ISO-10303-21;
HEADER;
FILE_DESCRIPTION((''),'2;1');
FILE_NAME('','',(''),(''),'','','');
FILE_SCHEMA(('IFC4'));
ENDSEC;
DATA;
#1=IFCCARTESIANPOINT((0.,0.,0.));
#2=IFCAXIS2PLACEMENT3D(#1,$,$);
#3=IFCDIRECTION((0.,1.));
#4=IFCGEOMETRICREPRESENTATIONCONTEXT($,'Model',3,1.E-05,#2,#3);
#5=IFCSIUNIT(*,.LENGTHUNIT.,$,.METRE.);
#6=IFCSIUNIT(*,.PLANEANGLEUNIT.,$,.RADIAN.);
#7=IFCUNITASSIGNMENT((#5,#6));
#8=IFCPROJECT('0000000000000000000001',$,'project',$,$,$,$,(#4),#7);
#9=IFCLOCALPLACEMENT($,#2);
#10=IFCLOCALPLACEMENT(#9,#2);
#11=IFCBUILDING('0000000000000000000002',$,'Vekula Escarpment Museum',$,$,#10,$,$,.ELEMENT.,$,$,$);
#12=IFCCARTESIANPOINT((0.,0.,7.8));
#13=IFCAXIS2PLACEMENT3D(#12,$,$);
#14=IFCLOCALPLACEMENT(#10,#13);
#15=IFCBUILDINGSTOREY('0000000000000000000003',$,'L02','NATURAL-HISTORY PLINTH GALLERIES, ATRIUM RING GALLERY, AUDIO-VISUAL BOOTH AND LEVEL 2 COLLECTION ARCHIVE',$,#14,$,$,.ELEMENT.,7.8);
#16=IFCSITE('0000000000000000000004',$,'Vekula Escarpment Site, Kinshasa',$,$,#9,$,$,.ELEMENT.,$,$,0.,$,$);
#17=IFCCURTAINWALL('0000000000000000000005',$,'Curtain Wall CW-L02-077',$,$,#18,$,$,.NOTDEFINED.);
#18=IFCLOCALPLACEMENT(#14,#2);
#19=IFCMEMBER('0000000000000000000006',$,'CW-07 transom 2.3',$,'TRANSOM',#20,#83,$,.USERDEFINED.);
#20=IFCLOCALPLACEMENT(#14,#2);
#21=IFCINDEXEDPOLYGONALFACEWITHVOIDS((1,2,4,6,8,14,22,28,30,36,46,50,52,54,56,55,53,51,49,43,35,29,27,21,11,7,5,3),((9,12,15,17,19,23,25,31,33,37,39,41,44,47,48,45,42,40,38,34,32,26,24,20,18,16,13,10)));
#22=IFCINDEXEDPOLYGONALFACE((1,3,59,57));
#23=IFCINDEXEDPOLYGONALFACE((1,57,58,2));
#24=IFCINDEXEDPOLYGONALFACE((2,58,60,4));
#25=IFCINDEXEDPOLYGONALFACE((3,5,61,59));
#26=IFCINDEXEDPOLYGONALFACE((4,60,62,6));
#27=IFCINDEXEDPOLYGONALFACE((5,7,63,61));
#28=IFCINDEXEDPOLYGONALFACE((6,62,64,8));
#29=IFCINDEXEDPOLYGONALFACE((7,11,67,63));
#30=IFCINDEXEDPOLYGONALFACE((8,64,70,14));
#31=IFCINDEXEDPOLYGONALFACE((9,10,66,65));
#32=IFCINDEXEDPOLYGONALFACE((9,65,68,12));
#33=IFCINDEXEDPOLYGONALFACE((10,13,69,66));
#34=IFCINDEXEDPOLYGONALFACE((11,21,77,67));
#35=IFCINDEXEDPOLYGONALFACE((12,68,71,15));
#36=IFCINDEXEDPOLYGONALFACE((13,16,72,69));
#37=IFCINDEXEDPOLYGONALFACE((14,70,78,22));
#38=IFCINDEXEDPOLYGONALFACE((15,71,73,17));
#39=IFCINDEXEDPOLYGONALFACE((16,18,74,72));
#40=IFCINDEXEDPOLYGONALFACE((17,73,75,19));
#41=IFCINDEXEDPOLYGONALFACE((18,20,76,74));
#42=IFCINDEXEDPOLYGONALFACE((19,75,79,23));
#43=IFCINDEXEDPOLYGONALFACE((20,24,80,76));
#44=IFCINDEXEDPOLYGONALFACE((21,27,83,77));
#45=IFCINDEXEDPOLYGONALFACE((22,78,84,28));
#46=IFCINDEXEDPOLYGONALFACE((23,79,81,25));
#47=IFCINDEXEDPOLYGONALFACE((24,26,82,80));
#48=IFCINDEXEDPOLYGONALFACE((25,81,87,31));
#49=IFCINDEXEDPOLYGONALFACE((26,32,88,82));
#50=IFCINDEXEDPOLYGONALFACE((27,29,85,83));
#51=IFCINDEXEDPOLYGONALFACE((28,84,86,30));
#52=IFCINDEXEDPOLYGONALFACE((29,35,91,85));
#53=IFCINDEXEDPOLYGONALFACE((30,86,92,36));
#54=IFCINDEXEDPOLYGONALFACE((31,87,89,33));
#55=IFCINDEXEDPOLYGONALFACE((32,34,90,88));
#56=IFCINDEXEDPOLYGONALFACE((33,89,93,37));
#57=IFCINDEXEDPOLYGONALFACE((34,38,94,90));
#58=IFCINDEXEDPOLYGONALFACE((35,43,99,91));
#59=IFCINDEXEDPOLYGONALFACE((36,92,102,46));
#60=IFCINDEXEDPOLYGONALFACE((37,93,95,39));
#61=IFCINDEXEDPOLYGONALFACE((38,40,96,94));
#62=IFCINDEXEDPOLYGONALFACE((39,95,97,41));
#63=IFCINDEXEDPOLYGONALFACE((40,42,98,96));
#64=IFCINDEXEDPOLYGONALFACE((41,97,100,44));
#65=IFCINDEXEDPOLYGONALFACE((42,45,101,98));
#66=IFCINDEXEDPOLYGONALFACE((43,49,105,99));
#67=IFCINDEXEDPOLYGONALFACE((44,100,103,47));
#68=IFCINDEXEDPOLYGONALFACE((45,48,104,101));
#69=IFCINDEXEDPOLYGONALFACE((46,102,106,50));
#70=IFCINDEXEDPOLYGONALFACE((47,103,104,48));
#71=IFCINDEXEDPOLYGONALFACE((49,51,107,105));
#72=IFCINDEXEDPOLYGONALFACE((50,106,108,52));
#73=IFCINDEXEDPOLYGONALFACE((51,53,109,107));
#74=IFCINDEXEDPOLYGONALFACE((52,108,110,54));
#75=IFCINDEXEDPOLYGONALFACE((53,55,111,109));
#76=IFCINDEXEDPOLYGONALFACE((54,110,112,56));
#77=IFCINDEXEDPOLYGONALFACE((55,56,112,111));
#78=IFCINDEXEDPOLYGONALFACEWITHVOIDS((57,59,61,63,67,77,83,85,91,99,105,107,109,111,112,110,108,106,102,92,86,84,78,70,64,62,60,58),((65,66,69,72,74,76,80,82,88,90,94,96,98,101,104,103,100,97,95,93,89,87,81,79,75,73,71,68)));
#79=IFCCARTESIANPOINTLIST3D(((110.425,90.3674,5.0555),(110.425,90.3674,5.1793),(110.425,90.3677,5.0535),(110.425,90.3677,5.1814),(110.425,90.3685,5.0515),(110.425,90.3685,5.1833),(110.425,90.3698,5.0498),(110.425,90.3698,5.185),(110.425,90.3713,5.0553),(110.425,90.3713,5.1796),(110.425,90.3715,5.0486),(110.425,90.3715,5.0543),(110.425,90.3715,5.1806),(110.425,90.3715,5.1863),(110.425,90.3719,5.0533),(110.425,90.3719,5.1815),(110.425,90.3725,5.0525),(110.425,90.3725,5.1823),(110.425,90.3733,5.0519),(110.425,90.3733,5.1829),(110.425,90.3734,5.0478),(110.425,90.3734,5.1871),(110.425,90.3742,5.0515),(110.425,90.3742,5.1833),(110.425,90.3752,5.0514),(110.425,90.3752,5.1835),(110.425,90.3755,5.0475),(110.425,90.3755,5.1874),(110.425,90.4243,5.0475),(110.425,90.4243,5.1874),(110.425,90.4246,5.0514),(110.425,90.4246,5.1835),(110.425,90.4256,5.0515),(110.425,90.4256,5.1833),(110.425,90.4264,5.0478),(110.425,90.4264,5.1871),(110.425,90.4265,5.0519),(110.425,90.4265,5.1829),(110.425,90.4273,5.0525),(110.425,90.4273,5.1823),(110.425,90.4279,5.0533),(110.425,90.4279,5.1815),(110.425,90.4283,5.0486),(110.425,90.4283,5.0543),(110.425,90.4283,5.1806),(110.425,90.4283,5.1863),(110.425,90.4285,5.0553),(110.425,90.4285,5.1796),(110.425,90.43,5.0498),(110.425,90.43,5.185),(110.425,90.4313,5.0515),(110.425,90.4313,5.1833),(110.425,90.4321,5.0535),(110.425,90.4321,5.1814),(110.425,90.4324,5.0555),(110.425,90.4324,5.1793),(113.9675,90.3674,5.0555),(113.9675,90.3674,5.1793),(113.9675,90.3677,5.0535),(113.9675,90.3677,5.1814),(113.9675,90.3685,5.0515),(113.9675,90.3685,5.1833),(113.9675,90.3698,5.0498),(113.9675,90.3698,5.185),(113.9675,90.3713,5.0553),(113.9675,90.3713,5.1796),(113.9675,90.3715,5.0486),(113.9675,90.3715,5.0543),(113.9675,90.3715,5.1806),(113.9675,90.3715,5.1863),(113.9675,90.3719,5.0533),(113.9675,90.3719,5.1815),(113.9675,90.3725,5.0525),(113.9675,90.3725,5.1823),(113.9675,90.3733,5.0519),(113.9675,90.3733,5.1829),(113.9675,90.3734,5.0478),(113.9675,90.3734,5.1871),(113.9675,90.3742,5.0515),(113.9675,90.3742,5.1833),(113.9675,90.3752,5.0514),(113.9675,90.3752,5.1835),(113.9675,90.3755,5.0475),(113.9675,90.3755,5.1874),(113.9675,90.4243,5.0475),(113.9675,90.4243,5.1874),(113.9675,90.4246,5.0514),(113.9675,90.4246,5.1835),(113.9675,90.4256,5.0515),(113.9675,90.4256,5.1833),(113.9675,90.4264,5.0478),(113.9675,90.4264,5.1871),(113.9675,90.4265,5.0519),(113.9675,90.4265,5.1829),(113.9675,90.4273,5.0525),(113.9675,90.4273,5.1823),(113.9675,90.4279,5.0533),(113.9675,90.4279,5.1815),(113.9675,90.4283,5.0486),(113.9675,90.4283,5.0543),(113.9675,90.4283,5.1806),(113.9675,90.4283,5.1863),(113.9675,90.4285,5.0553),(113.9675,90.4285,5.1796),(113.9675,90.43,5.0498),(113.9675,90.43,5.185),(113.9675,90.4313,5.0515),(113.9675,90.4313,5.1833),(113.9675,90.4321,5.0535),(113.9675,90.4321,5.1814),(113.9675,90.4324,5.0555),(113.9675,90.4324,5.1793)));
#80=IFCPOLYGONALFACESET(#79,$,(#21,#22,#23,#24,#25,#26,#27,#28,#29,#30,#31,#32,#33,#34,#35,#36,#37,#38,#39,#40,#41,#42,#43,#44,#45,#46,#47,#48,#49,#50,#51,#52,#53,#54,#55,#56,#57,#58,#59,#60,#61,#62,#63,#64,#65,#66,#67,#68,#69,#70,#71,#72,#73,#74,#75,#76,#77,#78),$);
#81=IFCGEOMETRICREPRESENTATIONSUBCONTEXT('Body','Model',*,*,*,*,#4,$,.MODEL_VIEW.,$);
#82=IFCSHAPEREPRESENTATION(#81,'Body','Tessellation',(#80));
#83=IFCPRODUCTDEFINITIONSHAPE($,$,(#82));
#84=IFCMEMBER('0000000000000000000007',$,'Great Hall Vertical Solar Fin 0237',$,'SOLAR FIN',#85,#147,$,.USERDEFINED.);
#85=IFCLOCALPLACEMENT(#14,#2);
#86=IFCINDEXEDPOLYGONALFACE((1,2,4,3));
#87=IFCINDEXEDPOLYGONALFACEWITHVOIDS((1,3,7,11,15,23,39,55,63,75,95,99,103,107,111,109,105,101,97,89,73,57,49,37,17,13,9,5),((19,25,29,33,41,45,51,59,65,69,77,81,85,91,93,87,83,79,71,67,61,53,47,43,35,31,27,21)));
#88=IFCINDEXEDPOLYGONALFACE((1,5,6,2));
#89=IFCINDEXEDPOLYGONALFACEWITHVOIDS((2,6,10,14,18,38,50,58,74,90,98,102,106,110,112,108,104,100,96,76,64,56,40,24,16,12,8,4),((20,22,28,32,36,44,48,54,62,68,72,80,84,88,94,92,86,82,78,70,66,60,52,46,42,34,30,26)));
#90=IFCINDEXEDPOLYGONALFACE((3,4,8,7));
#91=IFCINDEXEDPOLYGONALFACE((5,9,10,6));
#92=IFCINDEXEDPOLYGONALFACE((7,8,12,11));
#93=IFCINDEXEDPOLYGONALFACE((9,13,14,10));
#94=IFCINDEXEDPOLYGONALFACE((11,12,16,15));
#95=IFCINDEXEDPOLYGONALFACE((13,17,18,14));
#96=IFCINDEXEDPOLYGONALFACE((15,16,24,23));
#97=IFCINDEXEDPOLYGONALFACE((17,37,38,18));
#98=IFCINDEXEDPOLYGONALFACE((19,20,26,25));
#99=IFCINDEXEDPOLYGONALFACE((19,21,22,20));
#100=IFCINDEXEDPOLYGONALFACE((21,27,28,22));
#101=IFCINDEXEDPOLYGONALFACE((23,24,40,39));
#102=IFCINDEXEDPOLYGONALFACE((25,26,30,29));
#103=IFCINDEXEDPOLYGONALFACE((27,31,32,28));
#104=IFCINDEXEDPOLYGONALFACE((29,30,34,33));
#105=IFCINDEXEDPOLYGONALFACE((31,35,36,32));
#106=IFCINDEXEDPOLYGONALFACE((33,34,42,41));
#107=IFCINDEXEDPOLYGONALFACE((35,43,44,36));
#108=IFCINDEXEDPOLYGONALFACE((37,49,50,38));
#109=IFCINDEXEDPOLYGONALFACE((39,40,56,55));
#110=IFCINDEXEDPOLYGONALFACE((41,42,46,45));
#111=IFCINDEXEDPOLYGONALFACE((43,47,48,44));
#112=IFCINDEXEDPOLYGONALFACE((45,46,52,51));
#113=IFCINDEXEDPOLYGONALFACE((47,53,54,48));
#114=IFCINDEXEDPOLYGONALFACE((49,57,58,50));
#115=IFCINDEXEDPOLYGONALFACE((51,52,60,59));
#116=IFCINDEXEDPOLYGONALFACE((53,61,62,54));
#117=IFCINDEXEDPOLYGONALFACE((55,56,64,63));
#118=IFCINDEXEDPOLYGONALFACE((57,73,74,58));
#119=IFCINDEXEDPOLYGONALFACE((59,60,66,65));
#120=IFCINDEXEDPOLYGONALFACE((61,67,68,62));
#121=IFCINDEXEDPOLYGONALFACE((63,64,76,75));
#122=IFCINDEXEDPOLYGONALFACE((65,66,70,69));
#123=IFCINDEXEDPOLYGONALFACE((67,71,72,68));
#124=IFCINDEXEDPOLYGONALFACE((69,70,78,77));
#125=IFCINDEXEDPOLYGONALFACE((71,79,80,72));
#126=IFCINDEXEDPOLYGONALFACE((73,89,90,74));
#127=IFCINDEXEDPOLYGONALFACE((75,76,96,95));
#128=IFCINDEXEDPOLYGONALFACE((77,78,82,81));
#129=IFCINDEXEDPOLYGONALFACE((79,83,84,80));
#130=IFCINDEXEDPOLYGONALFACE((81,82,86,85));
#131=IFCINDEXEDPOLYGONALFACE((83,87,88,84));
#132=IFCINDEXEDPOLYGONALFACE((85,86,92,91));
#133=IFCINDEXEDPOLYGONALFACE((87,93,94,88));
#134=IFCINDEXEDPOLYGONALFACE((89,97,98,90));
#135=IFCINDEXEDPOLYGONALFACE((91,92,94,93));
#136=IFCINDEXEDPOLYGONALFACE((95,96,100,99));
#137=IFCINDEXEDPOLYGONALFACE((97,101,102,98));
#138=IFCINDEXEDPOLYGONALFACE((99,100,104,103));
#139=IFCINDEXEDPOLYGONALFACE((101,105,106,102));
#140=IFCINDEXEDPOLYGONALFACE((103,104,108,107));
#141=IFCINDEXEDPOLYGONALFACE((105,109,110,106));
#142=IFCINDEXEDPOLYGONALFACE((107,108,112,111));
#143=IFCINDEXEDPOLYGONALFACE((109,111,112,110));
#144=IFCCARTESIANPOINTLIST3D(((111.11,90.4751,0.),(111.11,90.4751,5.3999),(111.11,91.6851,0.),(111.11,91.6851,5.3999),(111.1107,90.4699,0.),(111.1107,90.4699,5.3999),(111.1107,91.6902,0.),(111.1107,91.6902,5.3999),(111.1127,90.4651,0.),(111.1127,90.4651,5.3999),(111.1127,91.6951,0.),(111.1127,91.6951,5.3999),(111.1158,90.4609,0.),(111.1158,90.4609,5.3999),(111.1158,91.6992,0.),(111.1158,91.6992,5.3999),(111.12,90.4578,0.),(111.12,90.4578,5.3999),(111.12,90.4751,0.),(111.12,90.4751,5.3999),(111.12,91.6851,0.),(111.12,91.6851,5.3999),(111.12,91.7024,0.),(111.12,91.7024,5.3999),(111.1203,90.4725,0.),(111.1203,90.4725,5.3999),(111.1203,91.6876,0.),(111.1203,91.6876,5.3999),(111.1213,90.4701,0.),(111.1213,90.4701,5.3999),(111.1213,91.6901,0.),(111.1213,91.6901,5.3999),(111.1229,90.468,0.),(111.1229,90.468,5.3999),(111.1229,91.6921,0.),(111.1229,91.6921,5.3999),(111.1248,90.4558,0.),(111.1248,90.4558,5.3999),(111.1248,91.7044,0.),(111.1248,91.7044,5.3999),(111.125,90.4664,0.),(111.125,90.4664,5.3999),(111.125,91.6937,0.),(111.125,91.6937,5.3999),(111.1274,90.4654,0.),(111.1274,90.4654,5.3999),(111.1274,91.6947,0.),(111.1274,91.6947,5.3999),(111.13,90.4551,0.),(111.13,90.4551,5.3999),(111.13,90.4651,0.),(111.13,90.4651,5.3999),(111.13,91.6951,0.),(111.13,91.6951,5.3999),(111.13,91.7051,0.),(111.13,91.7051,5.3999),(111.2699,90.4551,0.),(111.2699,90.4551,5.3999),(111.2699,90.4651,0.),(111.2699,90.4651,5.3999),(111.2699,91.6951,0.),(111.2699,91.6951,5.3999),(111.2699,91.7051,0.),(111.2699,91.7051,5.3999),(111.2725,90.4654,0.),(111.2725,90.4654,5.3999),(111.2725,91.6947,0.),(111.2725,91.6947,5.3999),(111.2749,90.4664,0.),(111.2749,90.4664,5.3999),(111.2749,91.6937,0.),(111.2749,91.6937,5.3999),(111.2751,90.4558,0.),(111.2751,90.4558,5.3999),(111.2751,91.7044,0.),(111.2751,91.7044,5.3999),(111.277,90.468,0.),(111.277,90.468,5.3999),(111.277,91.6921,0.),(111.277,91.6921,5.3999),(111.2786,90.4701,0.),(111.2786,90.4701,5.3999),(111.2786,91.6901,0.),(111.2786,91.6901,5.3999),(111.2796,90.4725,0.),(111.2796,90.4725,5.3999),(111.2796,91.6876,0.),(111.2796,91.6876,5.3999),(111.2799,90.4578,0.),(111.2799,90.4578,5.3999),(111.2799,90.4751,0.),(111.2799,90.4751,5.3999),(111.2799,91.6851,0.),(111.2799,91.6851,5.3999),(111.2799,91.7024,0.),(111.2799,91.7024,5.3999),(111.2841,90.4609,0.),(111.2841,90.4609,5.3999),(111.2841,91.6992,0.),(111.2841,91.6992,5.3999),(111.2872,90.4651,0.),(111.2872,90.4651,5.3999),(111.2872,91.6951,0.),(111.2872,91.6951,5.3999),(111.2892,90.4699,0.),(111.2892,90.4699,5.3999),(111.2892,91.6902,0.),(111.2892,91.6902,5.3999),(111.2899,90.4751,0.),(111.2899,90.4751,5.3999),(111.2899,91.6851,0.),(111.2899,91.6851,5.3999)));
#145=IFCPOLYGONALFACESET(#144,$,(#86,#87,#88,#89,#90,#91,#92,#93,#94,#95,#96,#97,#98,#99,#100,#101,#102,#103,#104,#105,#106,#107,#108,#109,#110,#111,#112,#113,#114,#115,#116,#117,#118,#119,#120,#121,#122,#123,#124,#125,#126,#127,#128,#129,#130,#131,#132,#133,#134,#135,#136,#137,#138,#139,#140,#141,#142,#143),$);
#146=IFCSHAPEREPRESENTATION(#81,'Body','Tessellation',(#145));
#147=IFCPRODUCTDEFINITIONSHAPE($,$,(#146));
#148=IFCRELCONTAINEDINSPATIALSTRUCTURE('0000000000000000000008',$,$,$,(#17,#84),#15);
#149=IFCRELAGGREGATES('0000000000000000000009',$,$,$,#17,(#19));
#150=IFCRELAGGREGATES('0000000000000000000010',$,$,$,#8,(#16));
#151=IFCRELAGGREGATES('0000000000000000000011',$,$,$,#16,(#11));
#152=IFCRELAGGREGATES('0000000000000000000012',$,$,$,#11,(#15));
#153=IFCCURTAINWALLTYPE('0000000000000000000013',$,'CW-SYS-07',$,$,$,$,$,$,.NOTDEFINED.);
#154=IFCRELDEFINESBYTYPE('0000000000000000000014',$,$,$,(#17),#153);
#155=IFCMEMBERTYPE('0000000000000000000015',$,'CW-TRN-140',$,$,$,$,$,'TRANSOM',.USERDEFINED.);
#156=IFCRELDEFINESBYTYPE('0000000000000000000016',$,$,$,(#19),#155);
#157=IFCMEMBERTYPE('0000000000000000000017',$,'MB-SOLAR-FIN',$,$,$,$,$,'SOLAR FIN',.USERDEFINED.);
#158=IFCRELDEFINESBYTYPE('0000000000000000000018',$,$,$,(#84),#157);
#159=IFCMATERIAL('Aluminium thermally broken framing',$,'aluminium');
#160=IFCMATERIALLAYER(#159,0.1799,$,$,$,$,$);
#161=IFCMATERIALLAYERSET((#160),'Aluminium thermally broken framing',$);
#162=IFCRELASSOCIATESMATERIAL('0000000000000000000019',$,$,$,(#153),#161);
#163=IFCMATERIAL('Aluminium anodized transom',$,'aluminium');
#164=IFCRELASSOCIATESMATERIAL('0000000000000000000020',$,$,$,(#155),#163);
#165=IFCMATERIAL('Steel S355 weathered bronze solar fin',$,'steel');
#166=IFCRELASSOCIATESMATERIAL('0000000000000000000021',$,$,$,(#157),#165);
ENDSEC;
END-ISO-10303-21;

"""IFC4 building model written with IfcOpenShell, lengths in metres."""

from ifc_helpers import new_model, si_unit, direction, frame, origin, origin_2d, place, context, subcontext, project, spatial, hollow_rectangle, extrude, material, layer, layer_set, material_profile, profile_set, type_object, element, aggregate, save


model = new_model("IFC4")

# Units and contexts
model_context = context("Model", 3, precision=1e-05, world=origin(), true_north=direction((0.0, 1.0)))
body_context = subcontext(model_context, "Body", "Model", "MODEL_VIEW")
ifc_project = project(units=[si_unit("LENGTHUNIT", "METRE"), si_unit("PLANEANGLEUNIT", "RADIAN")], contexts=[model_context])

# Site, building, storey
site_placement = place(None, origin())
site = spatial("IfcSite", under=ifc_project, at=site_placement, Name="Vekula Escarpment Site, Kinshasa", CompositionType="ELEMENT", RefElevation=0.0)
building_placement = place(site_placement, origin())
building = spatial("IfcBuilding", under=site, at=building_placement, Name="Vekula Escarpment Museum", CompositionType="ELEMENT")
storey_placement = place(building_placement, frame((0.0, 0.0, 7.8)))
storey = spatial("IfcBuildingStorey", under=building, at=storey_placement, Name="L02", Description="NATURAL-HISTORY PLINTH GALLERIES, ATRIUM RING GALLERY, AUDIO-VISUAL BOOTH AND LEVEL 2 COLLECTION ARCHIVE", CompositionType="ELEMENT", Elevation=7.8)

# Curtain wall, member
ifc_material_1 = material(Name="Aluminium thermally broken framing", Category="aluminium")
ifc_layer_1 = layer(ifc_material_1, 0.1799)
ifc_layer_set_1 = layer_set([ifc_layer_1], Name="Aluminium thermally broken framing")
curtain_wall_type = type_object("IfcCurtainWallType", Name="CW-SYS-07", PredefinedType="NOTDEFINED", material=ifc_layer_set_1)
curtain_wall_placement = place(storey_placement, origin())
curtain_wall = element("IfcCurtainWall", 1, at=curtain_wall_placement, inside=storey, type_object=curtain_wall_type, Name="Curtain Wall CW-L02-077", PredefinedType="NOTDEFINED")
ifc_material_2 = material(Name="Aluminium anodized transom", Category="aluminium")
ifc_material_profile_1 = material_profile(ifc_material_2, hollow_rectangle(XDim=0.0649, YDim=0.1399, WallThickness=0.0039, InnerFilletRadius=0.0039, OuterFilletRadius=0.0081, at=origin_2d()), Name="ALU 140x65x4")
ifc_profile_set_1 = profile_set([ifc_material_profile_1], Name="Aluminium anodized transom")
member_type_1 = type_object("IfcMemberType", Name="CW-TRN-140", ElementType="TRANSOM", PredefinedType="USERDEFINED", material=ifc_profile_set_1)
member_1_placement = place(storey_placement, frame((113.9675, 90.3999, 5.1174), z_axis=(-1.0, 0.0, 0.0), x_axis=(0.0, -1.0, 0.0)))
member_1 = element("IfcMember", 2, at=member_1_placement, type_object=member_type_1, Name="CW-07 transom 2.3", ObjectType="TRANSOM", PredefinedType="USERDEFINED", context=body_context, shape_type="SweptSolid", body=[
    extrude(hollow_rectangle(XDim=0.0649, YDim=0.1399, WallThickness=0.0039, InnerFilletRadius=0.0039, OuterFilletRadius=0.0081, at=origin_2d()), origin(), (0.0, 0.0, 1.0), 3.5425),
])

# Member
ifc_material_3 = material(Name="Steel S355 weathered bronze solar fin", Category="steel")
ifc_material_profile_2 = material_profile(ifc_material_3, hollow_rectangle(XDim=0.1799, YDim=1.25, WallThickness=0.01, InnerFilletRadius=0.01, OuterFilletRadius=0.02, at=origin_2d()), Name="RHS 1250x180x10")
ifc_profile_set_2 = profile_set([ifc_material_profile_2], Name="Steel S355 weathered bronze solar fin")
member_type_2 = type_object("IfcMemberType", Name="MB-SOLAR-FIN", ElementType="SOLAR FIN", PredefinedType="USERDEFINED", material=ifc_profile_set_2)
for number, where, z_axis, x_axis, name in (
    (3, (111.2, 91.0801, 0.0), (0.0, 0.0, 1.0), (1.0, 0.0, 0.0), "Great Hall Vertical Solar Fin 0237"),
):
    element("IfcMember", number, at=place(storey_placement, frame(where, z_axis=z_axis, x_axis=x_axis)), inside=storey, type_object=member_type_2, Name=name, ObjectType="SOLAR FIN", PredefinedType="USERDEFINED", context=body_context, shape_type="SweptSolid", body=[
        extrude(hollow_rectangle(XDim=0.1799, YDim=1.25, WallThickness=0.01, InnerFilletRadius=0.01, OuterFilletRadius=0.02, at=origin_2d()), origin(), (0.0, 0.0, 1.0), 5.3999),
    ])

aggregate(curtain_wall, [member_1])

save(model, "model.ifc")
